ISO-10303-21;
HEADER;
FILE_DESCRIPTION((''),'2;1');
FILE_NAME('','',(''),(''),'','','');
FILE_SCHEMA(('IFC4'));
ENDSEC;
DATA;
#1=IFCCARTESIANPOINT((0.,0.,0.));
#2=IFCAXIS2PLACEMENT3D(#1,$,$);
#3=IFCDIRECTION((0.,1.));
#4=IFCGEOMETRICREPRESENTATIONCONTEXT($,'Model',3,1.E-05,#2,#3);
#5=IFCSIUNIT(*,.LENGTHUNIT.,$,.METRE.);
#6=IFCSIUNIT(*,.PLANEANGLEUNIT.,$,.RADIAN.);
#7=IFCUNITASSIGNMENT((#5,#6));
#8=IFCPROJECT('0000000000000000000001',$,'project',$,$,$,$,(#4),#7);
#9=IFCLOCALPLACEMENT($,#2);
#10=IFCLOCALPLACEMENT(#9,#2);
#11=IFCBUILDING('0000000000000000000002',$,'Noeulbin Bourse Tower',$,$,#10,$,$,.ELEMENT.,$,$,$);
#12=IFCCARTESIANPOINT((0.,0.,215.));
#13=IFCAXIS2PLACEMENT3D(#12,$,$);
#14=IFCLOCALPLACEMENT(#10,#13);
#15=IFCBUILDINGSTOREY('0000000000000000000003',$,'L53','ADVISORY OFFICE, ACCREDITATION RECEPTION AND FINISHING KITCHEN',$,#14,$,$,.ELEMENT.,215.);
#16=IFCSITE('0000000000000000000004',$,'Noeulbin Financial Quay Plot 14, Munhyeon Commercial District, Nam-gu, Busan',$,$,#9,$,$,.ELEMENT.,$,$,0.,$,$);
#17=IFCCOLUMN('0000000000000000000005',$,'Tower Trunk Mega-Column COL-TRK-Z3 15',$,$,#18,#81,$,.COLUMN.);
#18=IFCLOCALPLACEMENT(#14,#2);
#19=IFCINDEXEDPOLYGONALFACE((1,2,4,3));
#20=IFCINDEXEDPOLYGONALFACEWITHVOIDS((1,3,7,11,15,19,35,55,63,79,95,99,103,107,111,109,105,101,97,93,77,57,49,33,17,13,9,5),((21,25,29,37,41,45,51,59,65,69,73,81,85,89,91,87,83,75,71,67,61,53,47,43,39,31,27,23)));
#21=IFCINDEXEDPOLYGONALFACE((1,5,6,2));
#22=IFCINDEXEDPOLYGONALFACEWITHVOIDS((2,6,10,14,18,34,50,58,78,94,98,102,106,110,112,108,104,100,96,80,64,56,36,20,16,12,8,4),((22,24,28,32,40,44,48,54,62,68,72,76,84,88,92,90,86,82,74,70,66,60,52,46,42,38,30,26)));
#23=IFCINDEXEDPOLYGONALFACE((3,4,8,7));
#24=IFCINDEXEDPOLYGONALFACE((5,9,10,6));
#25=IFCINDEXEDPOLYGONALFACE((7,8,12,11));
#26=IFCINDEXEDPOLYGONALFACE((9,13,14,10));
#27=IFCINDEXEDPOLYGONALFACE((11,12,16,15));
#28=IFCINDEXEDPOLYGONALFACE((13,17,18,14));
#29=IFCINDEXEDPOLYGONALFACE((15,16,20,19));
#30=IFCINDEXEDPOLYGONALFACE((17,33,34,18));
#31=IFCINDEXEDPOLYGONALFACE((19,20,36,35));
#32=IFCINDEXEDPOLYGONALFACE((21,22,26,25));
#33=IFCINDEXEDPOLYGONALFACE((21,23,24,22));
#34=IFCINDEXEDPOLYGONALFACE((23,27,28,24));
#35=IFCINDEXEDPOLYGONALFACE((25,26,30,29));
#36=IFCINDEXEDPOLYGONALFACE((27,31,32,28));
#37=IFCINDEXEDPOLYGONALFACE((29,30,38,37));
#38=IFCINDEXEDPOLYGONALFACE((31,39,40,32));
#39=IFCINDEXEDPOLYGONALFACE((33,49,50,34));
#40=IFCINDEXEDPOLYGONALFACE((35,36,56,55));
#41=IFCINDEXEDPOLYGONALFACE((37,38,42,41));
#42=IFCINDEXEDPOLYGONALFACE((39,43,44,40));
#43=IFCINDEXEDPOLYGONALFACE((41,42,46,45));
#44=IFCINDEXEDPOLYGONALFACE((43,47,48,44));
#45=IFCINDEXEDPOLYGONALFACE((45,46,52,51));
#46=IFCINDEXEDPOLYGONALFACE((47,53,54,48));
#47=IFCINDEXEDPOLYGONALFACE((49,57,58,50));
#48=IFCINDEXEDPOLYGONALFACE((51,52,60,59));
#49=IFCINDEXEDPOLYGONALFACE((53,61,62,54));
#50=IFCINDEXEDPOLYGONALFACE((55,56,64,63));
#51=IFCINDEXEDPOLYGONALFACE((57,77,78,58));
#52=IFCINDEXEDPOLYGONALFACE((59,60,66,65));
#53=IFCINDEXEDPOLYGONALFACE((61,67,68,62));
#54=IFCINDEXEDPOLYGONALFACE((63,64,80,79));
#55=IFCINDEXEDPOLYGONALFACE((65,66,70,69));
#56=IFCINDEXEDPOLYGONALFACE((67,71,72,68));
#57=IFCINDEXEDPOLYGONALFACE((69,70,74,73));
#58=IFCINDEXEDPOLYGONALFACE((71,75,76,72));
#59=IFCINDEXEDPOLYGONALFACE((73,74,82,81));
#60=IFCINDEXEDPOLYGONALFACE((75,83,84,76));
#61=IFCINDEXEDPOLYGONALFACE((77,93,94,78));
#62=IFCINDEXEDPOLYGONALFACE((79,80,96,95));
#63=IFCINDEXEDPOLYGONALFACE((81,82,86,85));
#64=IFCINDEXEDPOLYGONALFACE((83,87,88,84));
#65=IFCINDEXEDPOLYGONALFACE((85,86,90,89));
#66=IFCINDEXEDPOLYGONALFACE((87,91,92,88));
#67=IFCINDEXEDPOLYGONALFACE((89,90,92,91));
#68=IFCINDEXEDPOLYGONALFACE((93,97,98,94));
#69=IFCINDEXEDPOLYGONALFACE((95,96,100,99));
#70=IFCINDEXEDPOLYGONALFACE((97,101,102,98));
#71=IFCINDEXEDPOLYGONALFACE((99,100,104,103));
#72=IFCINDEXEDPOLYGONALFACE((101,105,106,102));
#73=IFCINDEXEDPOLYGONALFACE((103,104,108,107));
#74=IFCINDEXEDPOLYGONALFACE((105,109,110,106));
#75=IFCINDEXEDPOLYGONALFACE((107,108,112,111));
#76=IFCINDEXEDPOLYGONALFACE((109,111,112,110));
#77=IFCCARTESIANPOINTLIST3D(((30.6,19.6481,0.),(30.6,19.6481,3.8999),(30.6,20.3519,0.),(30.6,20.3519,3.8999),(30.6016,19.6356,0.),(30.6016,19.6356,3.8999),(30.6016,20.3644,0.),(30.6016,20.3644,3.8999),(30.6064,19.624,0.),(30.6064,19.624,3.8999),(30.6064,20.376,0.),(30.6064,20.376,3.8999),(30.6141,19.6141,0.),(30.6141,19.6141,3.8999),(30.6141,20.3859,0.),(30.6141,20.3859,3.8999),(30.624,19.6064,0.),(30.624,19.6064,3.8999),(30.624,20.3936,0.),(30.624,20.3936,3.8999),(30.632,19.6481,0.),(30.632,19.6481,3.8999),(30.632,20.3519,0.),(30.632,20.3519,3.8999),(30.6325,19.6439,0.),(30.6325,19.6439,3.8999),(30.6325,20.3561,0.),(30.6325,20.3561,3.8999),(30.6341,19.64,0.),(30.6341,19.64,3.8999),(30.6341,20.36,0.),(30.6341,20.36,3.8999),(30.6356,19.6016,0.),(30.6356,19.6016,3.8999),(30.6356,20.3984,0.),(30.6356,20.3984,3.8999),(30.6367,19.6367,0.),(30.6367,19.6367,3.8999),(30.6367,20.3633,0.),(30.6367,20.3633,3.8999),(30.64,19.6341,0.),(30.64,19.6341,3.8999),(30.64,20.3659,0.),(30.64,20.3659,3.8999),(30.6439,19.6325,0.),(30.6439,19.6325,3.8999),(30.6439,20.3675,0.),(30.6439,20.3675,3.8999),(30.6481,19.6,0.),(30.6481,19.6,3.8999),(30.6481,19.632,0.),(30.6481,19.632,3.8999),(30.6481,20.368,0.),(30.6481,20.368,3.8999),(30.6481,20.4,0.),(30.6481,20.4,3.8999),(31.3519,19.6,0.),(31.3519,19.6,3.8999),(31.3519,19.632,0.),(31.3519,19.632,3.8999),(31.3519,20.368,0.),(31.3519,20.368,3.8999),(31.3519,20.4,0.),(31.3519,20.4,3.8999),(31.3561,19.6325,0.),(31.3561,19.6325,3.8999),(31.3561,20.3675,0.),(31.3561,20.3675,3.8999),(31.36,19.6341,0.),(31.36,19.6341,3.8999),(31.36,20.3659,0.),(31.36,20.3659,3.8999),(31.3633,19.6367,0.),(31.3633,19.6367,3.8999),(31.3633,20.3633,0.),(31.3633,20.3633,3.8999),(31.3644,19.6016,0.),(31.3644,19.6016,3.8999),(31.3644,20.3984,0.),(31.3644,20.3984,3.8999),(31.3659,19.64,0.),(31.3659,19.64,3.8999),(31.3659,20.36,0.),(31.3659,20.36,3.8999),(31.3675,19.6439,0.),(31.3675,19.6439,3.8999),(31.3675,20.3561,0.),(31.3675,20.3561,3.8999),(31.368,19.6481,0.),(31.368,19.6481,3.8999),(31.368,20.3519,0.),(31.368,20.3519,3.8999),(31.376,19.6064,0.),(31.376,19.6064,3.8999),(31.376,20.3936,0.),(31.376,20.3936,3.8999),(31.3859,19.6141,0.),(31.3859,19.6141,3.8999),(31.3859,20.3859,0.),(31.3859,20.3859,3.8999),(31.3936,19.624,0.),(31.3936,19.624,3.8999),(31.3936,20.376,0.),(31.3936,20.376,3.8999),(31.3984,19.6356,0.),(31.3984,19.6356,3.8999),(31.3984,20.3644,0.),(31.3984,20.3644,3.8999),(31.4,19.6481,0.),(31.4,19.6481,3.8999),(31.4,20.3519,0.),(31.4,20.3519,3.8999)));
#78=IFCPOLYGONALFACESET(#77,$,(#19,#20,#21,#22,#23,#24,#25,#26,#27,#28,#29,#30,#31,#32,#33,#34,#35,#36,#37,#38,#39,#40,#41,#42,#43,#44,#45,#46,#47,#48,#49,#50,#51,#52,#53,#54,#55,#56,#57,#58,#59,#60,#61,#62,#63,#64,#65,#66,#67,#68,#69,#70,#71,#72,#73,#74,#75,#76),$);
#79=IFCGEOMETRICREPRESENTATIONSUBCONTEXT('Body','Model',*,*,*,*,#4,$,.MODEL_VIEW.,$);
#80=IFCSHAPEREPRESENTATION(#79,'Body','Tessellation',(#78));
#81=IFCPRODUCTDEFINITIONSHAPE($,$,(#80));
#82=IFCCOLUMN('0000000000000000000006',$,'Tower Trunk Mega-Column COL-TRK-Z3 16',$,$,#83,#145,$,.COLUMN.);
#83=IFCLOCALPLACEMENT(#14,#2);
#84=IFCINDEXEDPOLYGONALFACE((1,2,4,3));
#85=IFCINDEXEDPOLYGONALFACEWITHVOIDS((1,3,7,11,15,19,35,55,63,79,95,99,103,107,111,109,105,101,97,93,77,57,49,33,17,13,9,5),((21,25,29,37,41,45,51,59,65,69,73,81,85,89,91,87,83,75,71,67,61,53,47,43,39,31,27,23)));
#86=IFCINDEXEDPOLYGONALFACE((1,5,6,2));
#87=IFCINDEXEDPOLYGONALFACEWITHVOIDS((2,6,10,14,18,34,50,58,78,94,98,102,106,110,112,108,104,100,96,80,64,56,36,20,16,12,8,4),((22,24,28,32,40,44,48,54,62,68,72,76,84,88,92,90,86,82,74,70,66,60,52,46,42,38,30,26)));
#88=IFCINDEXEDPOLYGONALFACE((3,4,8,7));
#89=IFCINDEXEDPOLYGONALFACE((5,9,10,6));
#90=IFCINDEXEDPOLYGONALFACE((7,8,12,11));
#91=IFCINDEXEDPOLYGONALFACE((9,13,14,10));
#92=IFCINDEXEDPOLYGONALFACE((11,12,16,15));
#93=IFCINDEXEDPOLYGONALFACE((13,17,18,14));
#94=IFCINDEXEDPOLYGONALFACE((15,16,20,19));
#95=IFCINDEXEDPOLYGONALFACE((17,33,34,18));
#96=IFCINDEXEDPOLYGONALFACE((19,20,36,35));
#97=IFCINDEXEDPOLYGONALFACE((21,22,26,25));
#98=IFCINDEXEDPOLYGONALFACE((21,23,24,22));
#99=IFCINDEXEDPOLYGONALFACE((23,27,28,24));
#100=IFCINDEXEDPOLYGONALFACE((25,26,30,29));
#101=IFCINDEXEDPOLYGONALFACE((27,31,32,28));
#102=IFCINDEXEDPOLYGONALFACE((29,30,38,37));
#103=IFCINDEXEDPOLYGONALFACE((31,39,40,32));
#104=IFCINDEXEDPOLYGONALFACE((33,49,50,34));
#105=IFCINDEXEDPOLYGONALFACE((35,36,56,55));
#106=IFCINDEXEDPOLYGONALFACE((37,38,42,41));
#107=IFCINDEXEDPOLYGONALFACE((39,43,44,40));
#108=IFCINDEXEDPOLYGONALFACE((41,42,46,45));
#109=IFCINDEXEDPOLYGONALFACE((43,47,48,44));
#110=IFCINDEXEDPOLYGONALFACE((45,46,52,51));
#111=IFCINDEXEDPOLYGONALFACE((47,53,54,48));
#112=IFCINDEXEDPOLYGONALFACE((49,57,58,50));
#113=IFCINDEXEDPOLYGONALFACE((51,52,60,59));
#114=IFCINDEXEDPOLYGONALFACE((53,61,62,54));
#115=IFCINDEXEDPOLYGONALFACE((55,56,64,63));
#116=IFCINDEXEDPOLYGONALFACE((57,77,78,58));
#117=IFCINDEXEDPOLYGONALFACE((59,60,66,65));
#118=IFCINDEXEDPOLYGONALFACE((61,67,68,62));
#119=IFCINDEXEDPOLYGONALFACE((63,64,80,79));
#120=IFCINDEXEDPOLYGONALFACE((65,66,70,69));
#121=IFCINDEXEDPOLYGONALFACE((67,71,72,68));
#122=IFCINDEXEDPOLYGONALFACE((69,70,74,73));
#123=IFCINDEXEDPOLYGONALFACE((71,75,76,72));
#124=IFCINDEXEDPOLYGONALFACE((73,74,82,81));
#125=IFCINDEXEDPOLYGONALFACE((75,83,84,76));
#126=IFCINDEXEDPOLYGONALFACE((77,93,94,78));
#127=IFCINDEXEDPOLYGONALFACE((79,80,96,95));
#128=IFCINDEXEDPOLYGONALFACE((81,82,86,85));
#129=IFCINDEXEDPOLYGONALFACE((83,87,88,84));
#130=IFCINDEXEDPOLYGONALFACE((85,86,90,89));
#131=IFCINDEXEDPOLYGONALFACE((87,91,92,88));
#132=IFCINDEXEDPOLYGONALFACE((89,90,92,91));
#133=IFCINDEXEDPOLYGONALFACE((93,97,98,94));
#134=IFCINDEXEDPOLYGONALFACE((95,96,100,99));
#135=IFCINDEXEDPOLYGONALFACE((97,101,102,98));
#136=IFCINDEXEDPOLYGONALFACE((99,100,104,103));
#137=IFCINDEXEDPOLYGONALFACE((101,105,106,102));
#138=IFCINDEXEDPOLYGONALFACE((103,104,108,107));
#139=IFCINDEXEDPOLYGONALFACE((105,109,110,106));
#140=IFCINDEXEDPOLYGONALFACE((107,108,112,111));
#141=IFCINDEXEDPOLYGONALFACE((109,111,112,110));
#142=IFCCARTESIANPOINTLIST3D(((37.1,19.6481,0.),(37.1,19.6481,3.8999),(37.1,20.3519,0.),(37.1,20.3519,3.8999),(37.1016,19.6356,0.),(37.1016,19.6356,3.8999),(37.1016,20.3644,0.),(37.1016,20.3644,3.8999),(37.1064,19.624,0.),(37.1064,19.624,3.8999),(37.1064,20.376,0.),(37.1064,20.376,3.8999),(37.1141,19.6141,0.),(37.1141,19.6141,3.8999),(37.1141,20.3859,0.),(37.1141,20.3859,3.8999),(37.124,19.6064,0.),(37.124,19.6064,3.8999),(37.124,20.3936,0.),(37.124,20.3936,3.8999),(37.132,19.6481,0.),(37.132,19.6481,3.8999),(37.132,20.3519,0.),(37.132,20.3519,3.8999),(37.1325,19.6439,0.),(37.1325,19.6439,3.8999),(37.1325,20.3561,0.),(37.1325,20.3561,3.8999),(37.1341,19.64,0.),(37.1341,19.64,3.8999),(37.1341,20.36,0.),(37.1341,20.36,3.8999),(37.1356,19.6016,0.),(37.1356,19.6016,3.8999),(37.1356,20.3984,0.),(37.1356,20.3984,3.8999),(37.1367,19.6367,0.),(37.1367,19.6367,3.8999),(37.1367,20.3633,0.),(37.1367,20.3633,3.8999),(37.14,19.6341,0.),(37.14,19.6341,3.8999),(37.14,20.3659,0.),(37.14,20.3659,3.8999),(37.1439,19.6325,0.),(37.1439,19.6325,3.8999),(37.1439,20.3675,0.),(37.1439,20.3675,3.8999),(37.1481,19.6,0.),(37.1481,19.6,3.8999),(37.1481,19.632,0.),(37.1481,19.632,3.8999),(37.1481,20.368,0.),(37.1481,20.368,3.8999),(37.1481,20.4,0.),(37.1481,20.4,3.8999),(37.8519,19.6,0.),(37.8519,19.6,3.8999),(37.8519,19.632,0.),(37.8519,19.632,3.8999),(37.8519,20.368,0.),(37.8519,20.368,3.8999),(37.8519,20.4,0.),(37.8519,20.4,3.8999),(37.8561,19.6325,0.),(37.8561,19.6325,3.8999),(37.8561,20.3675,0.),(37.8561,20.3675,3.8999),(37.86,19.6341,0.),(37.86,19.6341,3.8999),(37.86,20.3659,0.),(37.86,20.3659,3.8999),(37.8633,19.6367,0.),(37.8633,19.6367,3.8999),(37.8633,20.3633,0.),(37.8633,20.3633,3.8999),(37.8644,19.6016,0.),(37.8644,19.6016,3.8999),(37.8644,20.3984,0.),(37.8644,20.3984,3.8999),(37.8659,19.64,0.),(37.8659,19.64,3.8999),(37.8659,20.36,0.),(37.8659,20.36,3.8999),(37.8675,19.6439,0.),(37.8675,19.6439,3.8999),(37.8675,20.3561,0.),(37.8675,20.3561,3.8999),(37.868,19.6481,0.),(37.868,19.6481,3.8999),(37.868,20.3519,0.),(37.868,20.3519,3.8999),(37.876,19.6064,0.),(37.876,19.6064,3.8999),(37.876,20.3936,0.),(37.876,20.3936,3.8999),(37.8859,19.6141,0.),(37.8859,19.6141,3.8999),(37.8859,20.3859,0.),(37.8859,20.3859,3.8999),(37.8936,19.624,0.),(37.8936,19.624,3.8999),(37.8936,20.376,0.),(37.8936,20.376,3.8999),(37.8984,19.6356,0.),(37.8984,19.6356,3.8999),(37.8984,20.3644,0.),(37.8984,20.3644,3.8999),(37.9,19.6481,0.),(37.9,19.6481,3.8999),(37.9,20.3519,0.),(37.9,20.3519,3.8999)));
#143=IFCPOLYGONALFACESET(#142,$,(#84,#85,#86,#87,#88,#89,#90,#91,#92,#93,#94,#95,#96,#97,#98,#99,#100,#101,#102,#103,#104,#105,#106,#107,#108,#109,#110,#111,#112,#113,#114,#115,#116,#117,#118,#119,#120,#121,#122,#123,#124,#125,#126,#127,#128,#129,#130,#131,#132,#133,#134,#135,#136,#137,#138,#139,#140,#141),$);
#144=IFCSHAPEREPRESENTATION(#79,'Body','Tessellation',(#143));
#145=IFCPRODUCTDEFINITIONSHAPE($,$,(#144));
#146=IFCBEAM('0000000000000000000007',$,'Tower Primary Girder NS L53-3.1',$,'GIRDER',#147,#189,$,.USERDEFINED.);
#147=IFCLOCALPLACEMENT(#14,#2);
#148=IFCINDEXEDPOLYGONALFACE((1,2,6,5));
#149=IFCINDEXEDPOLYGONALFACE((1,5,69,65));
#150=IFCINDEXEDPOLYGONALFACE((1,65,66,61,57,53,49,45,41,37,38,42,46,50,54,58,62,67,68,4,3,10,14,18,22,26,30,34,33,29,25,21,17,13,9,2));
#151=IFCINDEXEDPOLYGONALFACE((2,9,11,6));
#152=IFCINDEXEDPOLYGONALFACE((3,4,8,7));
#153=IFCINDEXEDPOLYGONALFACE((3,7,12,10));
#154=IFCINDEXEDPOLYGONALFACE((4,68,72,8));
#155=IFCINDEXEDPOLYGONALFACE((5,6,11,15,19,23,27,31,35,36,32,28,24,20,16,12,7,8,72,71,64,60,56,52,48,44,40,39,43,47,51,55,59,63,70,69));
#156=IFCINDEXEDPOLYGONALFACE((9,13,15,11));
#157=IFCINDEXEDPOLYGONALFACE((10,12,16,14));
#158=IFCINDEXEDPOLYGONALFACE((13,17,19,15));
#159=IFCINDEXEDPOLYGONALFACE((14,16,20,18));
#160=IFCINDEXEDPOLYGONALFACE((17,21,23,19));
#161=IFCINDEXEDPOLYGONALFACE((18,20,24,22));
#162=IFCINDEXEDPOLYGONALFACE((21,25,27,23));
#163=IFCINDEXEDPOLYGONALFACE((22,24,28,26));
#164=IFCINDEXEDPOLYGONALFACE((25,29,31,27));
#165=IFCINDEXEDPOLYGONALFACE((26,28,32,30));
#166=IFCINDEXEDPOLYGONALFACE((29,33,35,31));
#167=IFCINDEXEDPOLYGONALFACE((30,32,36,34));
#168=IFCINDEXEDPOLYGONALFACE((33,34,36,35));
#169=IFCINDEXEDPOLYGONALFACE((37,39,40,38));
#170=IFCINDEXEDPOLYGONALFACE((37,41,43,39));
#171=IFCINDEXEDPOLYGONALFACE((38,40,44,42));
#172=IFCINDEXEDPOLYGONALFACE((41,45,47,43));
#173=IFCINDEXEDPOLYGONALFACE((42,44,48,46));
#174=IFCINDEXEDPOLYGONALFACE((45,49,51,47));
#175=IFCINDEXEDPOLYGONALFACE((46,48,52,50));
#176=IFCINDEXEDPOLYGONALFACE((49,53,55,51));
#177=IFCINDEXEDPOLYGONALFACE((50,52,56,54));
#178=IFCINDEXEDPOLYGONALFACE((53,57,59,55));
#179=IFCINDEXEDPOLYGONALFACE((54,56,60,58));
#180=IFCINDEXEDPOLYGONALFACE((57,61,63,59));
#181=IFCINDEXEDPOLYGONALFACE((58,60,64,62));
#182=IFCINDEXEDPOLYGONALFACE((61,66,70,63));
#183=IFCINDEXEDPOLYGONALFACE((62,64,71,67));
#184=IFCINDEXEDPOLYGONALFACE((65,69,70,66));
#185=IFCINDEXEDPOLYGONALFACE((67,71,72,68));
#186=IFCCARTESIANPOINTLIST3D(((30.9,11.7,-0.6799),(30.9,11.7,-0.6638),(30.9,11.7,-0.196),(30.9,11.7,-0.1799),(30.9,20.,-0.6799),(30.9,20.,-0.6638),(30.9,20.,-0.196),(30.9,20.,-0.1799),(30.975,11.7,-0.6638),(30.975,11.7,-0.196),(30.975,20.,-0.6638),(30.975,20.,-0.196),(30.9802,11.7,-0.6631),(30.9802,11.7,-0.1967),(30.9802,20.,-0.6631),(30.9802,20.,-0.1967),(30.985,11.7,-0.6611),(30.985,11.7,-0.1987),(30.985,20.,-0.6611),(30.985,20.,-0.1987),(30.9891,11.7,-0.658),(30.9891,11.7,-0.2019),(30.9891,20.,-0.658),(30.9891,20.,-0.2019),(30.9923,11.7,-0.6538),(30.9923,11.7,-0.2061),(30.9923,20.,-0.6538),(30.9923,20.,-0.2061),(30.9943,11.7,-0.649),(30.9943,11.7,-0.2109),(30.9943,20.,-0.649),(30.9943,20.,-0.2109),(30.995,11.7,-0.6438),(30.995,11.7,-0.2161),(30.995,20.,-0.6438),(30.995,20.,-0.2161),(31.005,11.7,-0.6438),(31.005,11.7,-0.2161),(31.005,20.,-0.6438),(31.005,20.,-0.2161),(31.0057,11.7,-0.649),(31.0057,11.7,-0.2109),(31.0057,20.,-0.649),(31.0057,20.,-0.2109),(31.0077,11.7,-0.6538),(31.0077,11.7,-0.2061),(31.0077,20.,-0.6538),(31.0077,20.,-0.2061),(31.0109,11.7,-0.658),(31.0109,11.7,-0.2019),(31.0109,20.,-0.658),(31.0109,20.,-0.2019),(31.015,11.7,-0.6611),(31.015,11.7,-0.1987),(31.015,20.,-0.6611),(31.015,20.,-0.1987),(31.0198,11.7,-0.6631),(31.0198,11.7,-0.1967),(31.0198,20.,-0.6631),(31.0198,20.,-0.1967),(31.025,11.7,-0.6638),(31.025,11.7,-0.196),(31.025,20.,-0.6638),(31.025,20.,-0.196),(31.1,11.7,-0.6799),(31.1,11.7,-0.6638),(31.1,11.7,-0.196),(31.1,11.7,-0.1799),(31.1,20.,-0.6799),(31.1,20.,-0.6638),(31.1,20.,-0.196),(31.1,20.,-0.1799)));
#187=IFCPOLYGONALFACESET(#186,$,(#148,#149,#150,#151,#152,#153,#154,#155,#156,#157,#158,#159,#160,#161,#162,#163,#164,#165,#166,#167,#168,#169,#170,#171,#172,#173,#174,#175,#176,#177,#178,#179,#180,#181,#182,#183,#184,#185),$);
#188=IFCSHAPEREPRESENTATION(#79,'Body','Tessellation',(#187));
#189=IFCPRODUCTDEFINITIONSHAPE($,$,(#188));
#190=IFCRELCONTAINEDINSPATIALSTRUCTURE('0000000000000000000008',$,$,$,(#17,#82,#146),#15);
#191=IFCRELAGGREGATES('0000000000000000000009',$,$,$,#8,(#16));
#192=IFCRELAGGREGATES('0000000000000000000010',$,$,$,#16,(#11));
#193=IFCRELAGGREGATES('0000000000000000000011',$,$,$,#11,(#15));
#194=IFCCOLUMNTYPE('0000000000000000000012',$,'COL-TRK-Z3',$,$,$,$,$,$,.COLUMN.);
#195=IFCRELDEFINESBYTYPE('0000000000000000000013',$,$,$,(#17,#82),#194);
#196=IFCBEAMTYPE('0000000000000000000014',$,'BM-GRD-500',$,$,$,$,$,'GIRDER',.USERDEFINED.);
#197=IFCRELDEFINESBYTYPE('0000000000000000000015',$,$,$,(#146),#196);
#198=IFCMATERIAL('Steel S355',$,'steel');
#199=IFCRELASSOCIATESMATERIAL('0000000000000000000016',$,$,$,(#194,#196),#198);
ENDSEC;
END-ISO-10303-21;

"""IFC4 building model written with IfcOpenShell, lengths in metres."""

from ifc_helpers import new_model, si_unit, direction, frame, origin, origin_2d, place, context, subcontext, project, spatial, hollow_rectangle, i_section, extrude, material, material_profile, profile_set, type_object, element, save


model = new_model("IFC4")

# Units and contexts
model_context = context("Model", 3, precision=1e-05, world=origin(), true_north=direction((0.0, 1.0)))
body_context = subcontext(model_context, "Body", "Model", "MODEL_VIEW")
ifc_project = project(units=[si_unit("LENGTHUNIT", "METRE"), si_unit("PLANEANGLEUNIT", "RADIAN")], contexts=[model_context])

# Site, building, storey
site_placement = place(None, origin())
site = spatial("IfcSite", under=ifc_project, at=site_placement, Name="Noeulbin Financial Quay Plot 14, Munhyeon Commercial District, Nam-gu, Busan", CompositionType="ELEMENT", RefElevation=0.0)
building_placement = place(site_placement, origin())
building = spatial("IfcBuilding", under=site, at=building_placement, Name="Noeulbin Bourse Tower", CompositionType="ELEMENT")
storey_placement = place(building_placement, frame((0.0, 0.0, 215.0)))
storey = spatial("IfcBuildingStorey", under=building, at=storey_placement, Name="L53", Description="ADVISORY OFFICE, ACCREDITATION RECEPTION AND FINISHING KITCHEN", CompositionType="ELEMENT", Elevation=215.0)

# Columns
ifc_material_1 = material(Name="Steel S355", Category="steel")
ifc_material_profile_1 = material_profile(ifc_material_1, hollow_rectangle(XDim=0.8, YDim=0.8, WallThickness=0.032, InnerFilletRadius=0.0161, OuterFilletRadius=0.0481, at=origin_2d()), Name="BOX-800x800x32", Category="LoadBearing")
ifc_profile_set_1 = profile_set([ifc_material_profile_1], Name="Steel S355")
column_type_1 = type_object("IfcColumnType", Name="COL-TRK-Z3", PredefinedType="COLUMN", material=ifc_profile_set_1)
for number, where, z_axis, x_axis, name in (
    (1, (31.0, 20.0, 0.0), (0.0, 0.0, 1.0), (1.0, 0.0, 0.0), "Tower Trunk Mega-Column COL-TRK-Z3 15"),
    (2, (37.5, 20.0, 0.0), (0.0, 0.0, 1.0), (1.0, 0.0, 0.0), "Tower Trunk Mega-Column COL-TRK-Z3 16"),
):
    element("IfcColumn", number, at=place(storey_placement, frame(where, z_axis=z_axis, x_axis=x_axis)), inside=storey, type_object=column_type_1, Name=name, PredefinedType="COLUMN", context=body_context, shape_type="SweptSolid", body=[
        extrude(hollow_rectangle(XDim=0.8, YDim=0.8, WallThickness=0.032, InnerFilletRadius=0.0161, OuterFilletRadius=0.0481, at=origin_2d()), origin(), (0.0, 0.0, 1.0), 3.8999),
    ])

# Beam
ifc_material_profile_2 = material_profile(ifc_material_1, i_section(OverallWidth=0.2, OverallDepth=0.5, WebThickness=0.01, FlangeThickness=0.0161, FilletRadius=0.02, at=origin_2d()), Name="H-500x200x10x16", Category="LoadBearing")
ifc_profile_set_2 = profile_set([ifc_material_profile_2], Name="Steel S355")
beam_type_1 = type_object("IfcBeamType", Name="BM-GRD-500", ElementType="GIRDER", PredefinedType="USERDEFINED", material=ifc_profile_set_2)
beam_1_placement = place(storey_placement, frame((31.0, 11.7, -0.4299), z_axis=(0.0, 1.0, 0.0), x_axis=(-1.0, 0.0, 0.0)))
element("IfcBeam", 3, at=beam_1_placement, inside=storey, type_object=beam_type_1, Name="Tower Primary Girder NS L53-3.1", ObjectType="GIRDER", PredefinedType="USERDEFINED", context=body_context, shape_type="SweptSolid", body=[
    extrude(i_section(OverallWidth=0.2, OverallDepth=0.5, WebThickness=0.01, FlangeThickness=0.0161, FilletRadius=0.02, at=origin_2d()), origin(), (0.0, 0.0, 1.0), 8.3),
])

save(model, "model.ifc")
